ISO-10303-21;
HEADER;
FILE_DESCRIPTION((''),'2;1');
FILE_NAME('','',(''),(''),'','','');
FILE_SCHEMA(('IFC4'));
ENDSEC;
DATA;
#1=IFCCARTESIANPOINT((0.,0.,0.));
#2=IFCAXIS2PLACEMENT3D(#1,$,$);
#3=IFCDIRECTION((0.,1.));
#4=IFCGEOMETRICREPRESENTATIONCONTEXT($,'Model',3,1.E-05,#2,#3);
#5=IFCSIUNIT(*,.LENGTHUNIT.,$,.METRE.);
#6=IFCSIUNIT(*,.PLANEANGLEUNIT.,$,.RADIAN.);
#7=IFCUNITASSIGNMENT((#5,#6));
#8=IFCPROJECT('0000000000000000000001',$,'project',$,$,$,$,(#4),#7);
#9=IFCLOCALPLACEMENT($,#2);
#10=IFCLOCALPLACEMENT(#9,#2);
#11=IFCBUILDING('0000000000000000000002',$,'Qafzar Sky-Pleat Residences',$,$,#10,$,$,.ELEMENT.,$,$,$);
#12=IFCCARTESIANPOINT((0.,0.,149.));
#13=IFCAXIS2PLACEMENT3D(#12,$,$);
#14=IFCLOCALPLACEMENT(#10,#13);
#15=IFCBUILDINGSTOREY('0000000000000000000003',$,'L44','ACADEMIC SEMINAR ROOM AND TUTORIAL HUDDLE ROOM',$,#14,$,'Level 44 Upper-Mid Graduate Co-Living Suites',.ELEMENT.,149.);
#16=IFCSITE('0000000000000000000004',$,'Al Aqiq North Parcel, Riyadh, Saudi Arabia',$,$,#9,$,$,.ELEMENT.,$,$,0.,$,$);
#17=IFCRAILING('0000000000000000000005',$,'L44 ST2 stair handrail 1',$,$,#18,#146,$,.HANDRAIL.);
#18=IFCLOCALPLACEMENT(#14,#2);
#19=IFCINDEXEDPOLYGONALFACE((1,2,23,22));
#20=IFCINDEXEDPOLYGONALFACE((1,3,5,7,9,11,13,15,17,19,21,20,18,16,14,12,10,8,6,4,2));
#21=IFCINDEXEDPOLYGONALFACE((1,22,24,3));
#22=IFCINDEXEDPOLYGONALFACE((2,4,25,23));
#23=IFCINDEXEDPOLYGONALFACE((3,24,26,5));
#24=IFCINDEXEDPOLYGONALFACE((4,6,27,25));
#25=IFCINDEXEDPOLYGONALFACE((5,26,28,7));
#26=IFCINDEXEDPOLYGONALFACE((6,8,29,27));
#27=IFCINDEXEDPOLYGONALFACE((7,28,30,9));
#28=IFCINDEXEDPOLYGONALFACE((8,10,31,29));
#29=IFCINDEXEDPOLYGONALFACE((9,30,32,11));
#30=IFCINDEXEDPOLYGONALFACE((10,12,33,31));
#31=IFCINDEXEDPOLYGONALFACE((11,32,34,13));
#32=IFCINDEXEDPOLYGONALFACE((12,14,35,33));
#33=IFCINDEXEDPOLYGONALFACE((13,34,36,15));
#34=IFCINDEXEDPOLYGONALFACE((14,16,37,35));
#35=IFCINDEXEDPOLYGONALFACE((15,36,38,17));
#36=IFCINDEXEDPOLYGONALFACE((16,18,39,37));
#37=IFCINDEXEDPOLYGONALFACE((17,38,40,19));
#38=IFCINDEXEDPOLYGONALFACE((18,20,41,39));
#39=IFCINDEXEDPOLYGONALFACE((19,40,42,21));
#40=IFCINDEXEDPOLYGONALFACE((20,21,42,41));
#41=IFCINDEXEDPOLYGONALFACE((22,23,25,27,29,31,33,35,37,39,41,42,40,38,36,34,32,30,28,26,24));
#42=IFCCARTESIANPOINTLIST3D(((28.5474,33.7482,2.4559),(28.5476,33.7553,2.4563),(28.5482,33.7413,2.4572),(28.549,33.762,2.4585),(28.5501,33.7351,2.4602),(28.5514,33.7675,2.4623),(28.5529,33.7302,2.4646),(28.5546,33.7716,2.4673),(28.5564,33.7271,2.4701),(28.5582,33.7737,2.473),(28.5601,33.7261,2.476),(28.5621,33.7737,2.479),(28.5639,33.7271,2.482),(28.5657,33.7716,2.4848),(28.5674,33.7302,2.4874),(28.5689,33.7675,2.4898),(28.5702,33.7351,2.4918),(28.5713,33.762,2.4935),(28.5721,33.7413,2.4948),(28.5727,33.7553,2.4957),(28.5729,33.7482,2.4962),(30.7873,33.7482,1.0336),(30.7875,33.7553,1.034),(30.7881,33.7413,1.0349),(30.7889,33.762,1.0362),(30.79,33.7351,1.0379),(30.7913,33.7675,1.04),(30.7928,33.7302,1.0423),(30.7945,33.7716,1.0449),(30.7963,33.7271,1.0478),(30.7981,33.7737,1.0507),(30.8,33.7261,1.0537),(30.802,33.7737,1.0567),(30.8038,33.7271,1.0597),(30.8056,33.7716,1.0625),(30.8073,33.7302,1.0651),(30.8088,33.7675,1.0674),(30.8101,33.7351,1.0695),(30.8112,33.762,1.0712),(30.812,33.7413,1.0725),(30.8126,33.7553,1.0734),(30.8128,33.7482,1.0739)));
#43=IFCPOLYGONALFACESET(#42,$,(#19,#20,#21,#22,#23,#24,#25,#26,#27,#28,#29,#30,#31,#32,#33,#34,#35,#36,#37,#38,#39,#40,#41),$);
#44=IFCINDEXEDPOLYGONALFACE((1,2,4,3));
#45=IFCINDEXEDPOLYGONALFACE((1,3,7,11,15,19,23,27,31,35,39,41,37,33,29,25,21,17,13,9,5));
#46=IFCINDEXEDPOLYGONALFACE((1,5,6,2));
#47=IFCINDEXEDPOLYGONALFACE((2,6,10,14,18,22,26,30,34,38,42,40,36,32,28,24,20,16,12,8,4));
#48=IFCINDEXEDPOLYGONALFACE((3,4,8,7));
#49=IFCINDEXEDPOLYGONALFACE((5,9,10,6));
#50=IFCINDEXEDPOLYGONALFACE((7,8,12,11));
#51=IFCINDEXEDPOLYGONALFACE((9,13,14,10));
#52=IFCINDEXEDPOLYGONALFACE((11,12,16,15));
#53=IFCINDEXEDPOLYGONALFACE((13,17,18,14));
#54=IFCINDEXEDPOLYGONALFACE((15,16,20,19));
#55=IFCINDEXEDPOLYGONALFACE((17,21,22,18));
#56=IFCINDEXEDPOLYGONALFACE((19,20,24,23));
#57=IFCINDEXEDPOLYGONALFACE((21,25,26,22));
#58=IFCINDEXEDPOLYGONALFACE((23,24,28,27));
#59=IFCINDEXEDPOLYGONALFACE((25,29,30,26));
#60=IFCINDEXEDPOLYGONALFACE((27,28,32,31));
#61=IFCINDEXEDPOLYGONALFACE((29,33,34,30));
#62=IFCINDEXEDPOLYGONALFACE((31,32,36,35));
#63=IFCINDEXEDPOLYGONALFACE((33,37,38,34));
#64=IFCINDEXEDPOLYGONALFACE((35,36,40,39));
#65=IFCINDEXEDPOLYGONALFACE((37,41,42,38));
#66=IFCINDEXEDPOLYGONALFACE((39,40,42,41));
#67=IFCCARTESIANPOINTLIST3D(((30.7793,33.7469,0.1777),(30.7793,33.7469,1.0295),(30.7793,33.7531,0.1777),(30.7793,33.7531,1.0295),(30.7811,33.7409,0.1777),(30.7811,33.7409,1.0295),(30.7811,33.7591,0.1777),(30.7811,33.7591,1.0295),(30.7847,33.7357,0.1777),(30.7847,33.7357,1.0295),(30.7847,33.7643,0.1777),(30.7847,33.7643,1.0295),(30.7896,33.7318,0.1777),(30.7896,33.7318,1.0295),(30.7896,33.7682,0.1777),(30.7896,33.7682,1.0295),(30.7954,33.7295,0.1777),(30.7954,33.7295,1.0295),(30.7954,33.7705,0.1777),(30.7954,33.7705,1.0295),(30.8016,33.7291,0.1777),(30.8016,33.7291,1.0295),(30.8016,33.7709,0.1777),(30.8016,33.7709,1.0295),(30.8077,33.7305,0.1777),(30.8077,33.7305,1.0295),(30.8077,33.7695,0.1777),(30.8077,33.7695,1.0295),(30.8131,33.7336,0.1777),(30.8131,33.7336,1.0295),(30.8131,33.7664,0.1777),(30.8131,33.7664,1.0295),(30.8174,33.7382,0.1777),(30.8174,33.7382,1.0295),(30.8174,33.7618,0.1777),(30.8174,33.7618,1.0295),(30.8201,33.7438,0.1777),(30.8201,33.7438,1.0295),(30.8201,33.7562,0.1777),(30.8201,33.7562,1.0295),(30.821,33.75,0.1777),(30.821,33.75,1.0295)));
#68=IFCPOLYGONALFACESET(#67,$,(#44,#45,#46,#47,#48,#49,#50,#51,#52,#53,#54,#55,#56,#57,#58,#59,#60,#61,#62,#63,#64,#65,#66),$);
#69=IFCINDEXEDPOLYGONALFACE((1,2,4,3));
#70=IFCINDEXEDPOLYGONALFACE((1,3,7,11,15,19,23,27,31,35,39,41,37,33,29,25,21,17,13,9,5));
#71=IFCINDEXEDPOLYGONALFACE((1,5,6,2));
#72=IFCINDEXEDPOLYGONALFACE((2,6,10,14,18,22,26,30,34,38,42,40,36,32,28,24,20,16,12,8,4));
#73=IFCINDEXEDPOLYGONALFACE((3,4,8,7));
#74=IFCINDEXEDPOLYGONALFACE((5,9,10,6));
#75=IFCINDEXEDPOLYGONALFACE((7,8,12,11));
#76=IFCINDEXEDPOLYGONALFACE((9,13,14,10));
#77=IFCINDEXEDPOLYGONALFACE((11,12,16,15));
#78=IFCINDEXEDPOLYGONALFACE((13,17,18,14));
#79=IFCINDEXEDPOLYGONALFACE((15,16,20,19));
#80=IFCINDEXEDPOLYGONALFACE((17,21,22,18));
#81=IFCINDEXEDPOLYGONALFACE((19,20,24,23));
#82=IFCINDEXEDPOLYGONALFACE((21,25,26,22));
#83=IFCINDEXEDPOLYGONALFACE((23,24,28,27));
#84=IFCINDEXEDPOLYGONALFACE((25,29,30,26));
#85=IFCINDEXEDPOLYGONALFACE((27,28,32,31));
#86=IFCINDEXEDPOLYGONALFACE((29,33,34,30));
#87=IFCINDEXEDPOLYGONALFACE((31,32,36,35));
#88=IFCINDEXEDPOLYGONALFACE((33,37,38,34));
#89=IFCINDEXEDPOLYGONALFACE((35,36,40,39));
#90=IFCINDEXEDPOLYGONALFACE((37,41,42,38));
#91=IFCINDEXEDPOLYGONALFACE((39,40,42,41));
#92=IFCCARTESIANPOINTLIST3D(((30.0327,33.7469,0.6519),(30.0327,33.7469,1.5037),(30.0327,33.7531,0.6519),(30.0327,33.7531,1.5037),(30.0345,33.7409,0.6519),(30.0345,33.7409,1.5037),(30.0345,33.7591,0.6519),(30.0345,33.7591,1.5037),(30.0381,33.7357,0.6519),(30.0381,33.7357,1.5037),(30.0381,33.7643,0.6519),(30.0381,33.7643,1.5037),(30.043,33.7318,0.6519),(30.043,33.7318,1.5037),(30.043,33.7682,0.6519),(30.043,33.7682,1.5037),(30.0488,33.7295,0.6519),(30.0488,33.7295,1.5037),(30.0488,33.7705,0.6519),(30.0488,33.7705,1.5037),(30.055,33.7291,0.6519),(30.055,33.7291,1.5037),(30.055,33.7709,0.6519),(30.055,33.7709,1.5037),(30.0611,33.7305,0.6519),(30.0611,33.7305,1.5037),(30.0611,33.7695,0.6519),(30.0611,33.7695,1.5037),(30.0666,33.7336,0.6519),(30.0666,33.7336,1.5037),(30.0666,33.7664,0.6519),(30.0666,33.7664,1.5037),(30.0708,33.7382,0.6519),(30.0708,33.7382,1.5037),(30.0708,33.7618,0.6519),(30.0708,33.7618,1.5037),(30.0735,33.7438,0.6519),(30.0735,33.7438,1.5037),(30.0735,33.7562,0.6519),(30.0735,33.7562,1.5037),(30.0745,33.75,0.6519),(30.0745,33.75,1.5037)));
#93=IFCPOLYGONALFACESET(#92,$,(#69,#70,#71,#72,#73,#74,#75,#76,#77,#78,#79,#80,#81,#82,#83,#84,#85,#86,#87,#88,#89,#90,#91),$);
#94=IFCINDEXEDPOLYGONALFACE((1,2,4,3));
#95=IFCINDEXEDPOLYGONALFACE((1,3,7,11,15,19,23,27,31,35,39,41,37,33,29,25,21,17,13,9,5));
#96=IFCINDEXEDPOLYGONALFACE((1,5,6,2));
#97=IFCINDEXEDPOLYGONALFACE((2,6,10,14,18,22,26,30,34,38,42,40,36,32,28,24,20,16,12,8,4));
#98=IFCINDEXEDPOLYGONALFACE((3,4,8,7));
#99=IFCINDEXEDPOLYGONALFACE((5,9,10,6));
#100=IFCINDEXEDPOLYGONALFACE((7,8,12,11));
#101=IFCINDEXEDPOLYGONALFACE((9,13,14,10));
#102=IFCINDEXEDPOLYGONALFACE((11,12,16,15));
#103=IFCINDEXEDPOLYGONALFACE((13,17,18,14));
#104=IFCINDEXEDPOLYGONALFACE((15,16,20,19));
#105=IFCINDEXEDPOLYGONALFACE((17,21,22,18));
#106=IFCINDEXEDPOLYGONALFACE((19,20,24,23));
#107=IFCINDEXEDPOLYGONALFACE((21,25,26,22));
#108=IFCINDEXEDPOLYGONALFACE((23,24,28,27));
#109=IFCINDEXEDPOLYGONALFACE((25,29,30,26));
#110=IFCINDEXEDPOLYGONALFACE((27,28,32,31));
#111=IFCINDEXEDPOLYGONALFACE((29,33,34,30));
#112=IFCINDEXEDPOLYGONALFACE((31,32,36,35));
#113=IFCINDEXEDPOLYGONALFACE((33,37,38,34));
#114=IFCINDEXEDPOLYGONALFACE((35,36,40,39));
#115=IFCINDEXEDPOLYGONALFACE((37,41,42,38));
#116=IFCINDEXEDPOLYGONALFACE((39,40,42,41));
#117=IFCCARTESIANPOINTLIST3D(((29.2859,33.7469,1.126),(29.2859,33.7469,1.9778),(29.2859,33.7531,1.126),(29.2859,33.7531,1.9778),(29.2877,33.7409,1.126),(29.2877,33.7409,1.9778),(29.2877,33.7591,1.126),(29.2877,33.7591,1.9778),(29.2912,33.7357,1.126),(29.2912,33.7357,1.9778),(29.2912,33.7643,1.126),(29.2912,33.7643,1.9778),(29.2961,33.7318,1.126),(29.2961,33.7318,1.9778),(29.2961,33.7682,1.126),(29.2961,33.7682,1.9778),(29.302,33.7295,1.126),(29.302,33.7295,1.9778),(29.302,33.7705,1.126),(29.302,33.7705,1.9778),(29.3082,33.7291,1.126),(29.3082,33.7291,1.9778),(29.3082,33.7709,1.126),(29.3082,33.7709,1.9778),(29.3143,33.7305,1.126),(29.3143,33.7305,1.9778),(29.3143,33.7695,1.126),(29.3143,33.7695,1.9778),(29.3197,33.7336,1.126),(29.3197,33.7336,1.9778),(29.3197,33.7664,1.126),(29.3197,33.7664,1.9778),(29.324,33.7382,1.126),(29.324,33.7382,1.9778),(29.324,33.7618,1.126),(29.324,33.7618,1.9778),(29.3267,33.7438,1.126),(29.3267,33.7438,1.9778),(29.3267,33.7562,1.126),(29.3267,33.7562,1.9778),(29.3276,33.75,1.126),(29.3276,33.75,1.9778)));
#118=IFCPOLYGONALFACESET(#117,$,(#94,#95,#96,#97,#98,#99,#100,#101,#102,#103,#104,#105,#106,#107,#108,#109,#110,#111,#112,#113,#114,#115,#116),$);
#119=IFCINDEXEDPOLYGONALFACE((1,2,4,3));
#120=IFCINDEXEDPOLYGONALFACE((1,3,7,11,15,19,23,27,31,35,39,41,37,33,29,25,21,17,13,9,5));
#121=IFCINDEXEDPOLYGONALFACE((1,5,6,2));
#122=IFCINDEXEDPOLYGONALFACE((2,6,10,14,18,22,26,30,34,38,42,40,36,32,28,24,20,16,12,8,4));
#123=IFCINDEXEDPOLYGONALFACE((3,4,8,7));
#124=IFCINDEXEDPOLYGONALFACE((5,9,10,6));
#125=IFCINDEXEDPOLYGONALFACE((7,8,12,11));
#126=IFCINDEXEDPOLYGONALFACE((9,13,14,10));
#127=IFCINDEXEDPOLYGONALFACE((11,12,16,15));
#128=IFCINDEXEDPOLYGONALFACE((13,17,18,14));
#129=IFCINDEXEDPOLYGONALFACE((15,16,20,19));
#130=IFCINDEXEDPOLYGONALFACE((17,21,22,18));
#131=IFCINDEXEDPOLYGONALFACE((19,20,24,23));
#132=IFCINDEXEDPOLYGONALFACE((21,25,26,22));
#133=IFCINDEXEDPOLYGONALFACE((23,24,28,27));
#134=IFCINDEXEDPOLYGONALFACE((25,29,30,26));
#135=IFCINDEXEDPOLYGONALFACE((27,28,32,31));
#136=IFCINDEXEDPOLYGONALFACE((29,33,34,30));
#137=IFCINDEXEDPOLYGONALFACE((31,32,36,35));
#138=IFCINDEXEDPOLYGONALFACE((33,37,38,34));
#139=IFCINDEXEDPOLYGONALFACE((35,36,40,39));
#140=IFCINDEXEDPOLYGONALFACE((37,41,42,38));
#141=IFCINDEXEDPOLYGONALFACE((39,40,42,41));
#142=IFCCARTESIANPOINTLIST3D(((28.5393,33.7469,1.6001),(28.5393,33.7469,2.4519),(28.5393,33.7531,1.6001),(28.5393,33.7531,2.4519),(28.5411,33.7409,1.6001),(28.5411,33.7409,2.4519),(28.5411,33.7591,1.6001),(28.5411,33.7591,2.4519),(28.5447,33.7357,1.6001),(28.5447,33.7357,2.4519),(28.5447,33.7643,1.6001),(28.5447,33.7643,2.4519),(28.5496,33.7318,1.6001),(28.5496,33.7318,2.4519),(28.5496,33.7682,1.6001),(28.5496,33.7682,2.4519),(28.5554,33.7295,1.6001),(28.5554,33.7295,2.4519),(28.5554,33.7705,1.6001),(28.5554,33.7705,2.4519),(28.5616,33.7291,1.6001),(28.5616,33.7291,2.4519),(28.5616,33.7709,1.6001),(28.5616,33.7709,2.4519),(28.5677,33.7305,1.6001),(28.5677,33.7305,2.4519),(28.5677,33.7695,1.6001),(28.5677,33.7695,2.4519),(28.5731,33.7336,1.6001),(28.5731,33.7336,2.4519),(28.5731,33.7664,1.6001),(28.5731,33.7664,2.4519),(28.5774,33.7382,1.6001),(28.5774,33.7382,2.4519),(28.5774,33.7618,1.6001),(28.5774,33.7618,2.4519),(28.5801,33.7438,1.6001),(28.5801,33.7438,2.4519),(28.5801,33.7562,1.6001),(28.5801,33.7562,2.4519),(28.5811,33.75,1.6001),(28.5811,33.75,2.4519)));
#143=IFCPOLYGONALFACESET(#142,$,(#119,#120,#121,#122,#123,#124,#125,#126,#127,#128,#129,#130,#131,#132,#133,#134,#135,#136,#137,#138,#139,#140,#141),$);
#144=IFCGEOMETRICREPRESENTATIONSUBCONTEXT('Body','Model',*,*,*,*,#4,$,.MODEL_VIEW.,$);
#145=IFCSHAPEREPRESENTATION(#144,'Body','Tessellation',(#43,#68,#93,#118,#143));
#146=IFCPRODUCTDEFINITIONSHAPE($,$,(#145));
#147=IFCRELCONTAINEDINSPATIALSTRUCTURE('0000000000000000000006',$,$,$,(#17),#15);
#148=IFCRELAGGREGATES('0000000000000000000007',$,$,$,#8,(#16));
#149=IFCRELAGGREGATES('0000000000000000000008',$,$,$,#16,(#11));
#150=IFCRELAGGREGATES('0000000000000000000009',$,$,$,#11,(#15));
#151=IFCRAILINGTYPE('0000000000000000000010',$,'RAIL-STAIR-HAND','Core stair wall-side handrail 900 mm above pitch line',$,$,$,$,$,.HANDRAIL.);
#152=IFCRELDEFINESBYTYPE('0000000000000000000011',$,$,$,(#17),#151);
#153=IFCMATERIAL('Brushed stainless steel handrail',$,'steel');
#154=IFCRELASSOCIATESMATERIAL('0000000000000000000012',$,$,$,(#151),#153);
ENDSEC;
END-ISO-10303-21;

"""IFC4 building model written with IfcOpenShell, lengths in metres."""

from ifc_helpers import new_model, si_unit, direction, frame, origin, origin_2d, place, context, subcontext, project, spatial, circle, extrude, source, transform, mapped, material, type_object, element, save


model = new_model("IFC4")

# Units and contexts
model_context = context("Model", 3, precision=1e-05, world=origin(), true_north=direction((0.0, 1.0)))
body_context = subcontext(model_context, "Body", "Model", "MODEL_VIEW")
ifc_project = project(units=[si_unit("LENGTHUNIT", "METRE"), si_unit("PLANEANGLEUNIT", "RADIAN")], contexts=[model_context])

# Site, building, storey
site_placement = place(None, origin())
site = spatial("IfcSite", under=ifc_project, at=site_placement, Name="Al Aqiq North Parcel, Riyadh, Saudi Arabia", CompositionType="ELEMENT", RefElevation=0.0)
building_placement = place(site_placement, origin())
building = spatial("IfcBuilding", under=site, at=building_placement, Name="Qafzar Sky-Pleat Residences", CompositionType="ELEMENT")
storey_placement = place(building_placement, frame((0.0, 0.0, 149.0)))
storey = spatial("IfcBuildingStorey", under=building, at=storey_placement, Name="L44", Description="ACADEMIC SEMINAR ROOM AND TUTORIAL HUDDLE ROOM", LongName="Level 44 Upper-Mid Graduate Co-Living Suites", CompositionType="ELEMENT", Elevation=149.0)

# Railing
ifc_material_1 = material(Name="Brushed stainless steel handrail", Category="steel")
railing_type_1 = type_object("IfcRailingType", Name="RAIL-STAIR-HAND", Description="Core stair wall-side handrail 900 mm above pitch line", PredefinedType="HANDRAIL", material=ifc_material_1)
shared_shape_1 = source(origin(), body_context, "Body", "SweptSolid", [
    extrude(circle(Radius=0.0239, at=origin_2d()), frame((0.0, 0.0, 0.876), z_axis=(-0.844188, 0.0, 0.536048), x_axis=(0.0, -1.0, 0.0)), (0.0, 0.0, 1.0), 2.6533),
    extrude(circle(Radius=0.021, at=origin_2d()), origin(), (0.0, 0.0, 1.0), 0.8518),
    extrude(circle(Radius=0.021, at=origin_2d()), frame((-0.7466, 0.0, 0.4741)), (0.0, 0.0, 1.0), 0.8518),
    extrude(circle(Radius=0.021, at=origin_2d()), frame((-1.4934, 0.0, 0.9482)), (0.0, 0.0, 1.0), 0.8518),
    extrude(circle(Radius=0.021, at=origin_2d()), frame((-2.24, 0.0, 1.4224)), (0.0, 0.0, 1.0), 0.8518),
])
railing_1_placement = place(storey_placement, frame((30.8, 33.75, 0.1777)))
element("IfcRailing", 1, at=railing_1_placement, inside=storey, type_object=railing_type_1, Name="L44 ST2 stair handrail 1", PredefinedType="HANDRAIL", context=body_context, shape_type="MappedRepresentation", body=[
    mapped(shared_shape_1, transform((0.0, 0.0, 0.0), x_axis=(1.0, 0.0, 0.0), y_axis=(0.0, 1.0, 0.0), z_axis=(0.0, 0.0, 1.0), scale=1.0)),
])

save(model, "model.ifc")
